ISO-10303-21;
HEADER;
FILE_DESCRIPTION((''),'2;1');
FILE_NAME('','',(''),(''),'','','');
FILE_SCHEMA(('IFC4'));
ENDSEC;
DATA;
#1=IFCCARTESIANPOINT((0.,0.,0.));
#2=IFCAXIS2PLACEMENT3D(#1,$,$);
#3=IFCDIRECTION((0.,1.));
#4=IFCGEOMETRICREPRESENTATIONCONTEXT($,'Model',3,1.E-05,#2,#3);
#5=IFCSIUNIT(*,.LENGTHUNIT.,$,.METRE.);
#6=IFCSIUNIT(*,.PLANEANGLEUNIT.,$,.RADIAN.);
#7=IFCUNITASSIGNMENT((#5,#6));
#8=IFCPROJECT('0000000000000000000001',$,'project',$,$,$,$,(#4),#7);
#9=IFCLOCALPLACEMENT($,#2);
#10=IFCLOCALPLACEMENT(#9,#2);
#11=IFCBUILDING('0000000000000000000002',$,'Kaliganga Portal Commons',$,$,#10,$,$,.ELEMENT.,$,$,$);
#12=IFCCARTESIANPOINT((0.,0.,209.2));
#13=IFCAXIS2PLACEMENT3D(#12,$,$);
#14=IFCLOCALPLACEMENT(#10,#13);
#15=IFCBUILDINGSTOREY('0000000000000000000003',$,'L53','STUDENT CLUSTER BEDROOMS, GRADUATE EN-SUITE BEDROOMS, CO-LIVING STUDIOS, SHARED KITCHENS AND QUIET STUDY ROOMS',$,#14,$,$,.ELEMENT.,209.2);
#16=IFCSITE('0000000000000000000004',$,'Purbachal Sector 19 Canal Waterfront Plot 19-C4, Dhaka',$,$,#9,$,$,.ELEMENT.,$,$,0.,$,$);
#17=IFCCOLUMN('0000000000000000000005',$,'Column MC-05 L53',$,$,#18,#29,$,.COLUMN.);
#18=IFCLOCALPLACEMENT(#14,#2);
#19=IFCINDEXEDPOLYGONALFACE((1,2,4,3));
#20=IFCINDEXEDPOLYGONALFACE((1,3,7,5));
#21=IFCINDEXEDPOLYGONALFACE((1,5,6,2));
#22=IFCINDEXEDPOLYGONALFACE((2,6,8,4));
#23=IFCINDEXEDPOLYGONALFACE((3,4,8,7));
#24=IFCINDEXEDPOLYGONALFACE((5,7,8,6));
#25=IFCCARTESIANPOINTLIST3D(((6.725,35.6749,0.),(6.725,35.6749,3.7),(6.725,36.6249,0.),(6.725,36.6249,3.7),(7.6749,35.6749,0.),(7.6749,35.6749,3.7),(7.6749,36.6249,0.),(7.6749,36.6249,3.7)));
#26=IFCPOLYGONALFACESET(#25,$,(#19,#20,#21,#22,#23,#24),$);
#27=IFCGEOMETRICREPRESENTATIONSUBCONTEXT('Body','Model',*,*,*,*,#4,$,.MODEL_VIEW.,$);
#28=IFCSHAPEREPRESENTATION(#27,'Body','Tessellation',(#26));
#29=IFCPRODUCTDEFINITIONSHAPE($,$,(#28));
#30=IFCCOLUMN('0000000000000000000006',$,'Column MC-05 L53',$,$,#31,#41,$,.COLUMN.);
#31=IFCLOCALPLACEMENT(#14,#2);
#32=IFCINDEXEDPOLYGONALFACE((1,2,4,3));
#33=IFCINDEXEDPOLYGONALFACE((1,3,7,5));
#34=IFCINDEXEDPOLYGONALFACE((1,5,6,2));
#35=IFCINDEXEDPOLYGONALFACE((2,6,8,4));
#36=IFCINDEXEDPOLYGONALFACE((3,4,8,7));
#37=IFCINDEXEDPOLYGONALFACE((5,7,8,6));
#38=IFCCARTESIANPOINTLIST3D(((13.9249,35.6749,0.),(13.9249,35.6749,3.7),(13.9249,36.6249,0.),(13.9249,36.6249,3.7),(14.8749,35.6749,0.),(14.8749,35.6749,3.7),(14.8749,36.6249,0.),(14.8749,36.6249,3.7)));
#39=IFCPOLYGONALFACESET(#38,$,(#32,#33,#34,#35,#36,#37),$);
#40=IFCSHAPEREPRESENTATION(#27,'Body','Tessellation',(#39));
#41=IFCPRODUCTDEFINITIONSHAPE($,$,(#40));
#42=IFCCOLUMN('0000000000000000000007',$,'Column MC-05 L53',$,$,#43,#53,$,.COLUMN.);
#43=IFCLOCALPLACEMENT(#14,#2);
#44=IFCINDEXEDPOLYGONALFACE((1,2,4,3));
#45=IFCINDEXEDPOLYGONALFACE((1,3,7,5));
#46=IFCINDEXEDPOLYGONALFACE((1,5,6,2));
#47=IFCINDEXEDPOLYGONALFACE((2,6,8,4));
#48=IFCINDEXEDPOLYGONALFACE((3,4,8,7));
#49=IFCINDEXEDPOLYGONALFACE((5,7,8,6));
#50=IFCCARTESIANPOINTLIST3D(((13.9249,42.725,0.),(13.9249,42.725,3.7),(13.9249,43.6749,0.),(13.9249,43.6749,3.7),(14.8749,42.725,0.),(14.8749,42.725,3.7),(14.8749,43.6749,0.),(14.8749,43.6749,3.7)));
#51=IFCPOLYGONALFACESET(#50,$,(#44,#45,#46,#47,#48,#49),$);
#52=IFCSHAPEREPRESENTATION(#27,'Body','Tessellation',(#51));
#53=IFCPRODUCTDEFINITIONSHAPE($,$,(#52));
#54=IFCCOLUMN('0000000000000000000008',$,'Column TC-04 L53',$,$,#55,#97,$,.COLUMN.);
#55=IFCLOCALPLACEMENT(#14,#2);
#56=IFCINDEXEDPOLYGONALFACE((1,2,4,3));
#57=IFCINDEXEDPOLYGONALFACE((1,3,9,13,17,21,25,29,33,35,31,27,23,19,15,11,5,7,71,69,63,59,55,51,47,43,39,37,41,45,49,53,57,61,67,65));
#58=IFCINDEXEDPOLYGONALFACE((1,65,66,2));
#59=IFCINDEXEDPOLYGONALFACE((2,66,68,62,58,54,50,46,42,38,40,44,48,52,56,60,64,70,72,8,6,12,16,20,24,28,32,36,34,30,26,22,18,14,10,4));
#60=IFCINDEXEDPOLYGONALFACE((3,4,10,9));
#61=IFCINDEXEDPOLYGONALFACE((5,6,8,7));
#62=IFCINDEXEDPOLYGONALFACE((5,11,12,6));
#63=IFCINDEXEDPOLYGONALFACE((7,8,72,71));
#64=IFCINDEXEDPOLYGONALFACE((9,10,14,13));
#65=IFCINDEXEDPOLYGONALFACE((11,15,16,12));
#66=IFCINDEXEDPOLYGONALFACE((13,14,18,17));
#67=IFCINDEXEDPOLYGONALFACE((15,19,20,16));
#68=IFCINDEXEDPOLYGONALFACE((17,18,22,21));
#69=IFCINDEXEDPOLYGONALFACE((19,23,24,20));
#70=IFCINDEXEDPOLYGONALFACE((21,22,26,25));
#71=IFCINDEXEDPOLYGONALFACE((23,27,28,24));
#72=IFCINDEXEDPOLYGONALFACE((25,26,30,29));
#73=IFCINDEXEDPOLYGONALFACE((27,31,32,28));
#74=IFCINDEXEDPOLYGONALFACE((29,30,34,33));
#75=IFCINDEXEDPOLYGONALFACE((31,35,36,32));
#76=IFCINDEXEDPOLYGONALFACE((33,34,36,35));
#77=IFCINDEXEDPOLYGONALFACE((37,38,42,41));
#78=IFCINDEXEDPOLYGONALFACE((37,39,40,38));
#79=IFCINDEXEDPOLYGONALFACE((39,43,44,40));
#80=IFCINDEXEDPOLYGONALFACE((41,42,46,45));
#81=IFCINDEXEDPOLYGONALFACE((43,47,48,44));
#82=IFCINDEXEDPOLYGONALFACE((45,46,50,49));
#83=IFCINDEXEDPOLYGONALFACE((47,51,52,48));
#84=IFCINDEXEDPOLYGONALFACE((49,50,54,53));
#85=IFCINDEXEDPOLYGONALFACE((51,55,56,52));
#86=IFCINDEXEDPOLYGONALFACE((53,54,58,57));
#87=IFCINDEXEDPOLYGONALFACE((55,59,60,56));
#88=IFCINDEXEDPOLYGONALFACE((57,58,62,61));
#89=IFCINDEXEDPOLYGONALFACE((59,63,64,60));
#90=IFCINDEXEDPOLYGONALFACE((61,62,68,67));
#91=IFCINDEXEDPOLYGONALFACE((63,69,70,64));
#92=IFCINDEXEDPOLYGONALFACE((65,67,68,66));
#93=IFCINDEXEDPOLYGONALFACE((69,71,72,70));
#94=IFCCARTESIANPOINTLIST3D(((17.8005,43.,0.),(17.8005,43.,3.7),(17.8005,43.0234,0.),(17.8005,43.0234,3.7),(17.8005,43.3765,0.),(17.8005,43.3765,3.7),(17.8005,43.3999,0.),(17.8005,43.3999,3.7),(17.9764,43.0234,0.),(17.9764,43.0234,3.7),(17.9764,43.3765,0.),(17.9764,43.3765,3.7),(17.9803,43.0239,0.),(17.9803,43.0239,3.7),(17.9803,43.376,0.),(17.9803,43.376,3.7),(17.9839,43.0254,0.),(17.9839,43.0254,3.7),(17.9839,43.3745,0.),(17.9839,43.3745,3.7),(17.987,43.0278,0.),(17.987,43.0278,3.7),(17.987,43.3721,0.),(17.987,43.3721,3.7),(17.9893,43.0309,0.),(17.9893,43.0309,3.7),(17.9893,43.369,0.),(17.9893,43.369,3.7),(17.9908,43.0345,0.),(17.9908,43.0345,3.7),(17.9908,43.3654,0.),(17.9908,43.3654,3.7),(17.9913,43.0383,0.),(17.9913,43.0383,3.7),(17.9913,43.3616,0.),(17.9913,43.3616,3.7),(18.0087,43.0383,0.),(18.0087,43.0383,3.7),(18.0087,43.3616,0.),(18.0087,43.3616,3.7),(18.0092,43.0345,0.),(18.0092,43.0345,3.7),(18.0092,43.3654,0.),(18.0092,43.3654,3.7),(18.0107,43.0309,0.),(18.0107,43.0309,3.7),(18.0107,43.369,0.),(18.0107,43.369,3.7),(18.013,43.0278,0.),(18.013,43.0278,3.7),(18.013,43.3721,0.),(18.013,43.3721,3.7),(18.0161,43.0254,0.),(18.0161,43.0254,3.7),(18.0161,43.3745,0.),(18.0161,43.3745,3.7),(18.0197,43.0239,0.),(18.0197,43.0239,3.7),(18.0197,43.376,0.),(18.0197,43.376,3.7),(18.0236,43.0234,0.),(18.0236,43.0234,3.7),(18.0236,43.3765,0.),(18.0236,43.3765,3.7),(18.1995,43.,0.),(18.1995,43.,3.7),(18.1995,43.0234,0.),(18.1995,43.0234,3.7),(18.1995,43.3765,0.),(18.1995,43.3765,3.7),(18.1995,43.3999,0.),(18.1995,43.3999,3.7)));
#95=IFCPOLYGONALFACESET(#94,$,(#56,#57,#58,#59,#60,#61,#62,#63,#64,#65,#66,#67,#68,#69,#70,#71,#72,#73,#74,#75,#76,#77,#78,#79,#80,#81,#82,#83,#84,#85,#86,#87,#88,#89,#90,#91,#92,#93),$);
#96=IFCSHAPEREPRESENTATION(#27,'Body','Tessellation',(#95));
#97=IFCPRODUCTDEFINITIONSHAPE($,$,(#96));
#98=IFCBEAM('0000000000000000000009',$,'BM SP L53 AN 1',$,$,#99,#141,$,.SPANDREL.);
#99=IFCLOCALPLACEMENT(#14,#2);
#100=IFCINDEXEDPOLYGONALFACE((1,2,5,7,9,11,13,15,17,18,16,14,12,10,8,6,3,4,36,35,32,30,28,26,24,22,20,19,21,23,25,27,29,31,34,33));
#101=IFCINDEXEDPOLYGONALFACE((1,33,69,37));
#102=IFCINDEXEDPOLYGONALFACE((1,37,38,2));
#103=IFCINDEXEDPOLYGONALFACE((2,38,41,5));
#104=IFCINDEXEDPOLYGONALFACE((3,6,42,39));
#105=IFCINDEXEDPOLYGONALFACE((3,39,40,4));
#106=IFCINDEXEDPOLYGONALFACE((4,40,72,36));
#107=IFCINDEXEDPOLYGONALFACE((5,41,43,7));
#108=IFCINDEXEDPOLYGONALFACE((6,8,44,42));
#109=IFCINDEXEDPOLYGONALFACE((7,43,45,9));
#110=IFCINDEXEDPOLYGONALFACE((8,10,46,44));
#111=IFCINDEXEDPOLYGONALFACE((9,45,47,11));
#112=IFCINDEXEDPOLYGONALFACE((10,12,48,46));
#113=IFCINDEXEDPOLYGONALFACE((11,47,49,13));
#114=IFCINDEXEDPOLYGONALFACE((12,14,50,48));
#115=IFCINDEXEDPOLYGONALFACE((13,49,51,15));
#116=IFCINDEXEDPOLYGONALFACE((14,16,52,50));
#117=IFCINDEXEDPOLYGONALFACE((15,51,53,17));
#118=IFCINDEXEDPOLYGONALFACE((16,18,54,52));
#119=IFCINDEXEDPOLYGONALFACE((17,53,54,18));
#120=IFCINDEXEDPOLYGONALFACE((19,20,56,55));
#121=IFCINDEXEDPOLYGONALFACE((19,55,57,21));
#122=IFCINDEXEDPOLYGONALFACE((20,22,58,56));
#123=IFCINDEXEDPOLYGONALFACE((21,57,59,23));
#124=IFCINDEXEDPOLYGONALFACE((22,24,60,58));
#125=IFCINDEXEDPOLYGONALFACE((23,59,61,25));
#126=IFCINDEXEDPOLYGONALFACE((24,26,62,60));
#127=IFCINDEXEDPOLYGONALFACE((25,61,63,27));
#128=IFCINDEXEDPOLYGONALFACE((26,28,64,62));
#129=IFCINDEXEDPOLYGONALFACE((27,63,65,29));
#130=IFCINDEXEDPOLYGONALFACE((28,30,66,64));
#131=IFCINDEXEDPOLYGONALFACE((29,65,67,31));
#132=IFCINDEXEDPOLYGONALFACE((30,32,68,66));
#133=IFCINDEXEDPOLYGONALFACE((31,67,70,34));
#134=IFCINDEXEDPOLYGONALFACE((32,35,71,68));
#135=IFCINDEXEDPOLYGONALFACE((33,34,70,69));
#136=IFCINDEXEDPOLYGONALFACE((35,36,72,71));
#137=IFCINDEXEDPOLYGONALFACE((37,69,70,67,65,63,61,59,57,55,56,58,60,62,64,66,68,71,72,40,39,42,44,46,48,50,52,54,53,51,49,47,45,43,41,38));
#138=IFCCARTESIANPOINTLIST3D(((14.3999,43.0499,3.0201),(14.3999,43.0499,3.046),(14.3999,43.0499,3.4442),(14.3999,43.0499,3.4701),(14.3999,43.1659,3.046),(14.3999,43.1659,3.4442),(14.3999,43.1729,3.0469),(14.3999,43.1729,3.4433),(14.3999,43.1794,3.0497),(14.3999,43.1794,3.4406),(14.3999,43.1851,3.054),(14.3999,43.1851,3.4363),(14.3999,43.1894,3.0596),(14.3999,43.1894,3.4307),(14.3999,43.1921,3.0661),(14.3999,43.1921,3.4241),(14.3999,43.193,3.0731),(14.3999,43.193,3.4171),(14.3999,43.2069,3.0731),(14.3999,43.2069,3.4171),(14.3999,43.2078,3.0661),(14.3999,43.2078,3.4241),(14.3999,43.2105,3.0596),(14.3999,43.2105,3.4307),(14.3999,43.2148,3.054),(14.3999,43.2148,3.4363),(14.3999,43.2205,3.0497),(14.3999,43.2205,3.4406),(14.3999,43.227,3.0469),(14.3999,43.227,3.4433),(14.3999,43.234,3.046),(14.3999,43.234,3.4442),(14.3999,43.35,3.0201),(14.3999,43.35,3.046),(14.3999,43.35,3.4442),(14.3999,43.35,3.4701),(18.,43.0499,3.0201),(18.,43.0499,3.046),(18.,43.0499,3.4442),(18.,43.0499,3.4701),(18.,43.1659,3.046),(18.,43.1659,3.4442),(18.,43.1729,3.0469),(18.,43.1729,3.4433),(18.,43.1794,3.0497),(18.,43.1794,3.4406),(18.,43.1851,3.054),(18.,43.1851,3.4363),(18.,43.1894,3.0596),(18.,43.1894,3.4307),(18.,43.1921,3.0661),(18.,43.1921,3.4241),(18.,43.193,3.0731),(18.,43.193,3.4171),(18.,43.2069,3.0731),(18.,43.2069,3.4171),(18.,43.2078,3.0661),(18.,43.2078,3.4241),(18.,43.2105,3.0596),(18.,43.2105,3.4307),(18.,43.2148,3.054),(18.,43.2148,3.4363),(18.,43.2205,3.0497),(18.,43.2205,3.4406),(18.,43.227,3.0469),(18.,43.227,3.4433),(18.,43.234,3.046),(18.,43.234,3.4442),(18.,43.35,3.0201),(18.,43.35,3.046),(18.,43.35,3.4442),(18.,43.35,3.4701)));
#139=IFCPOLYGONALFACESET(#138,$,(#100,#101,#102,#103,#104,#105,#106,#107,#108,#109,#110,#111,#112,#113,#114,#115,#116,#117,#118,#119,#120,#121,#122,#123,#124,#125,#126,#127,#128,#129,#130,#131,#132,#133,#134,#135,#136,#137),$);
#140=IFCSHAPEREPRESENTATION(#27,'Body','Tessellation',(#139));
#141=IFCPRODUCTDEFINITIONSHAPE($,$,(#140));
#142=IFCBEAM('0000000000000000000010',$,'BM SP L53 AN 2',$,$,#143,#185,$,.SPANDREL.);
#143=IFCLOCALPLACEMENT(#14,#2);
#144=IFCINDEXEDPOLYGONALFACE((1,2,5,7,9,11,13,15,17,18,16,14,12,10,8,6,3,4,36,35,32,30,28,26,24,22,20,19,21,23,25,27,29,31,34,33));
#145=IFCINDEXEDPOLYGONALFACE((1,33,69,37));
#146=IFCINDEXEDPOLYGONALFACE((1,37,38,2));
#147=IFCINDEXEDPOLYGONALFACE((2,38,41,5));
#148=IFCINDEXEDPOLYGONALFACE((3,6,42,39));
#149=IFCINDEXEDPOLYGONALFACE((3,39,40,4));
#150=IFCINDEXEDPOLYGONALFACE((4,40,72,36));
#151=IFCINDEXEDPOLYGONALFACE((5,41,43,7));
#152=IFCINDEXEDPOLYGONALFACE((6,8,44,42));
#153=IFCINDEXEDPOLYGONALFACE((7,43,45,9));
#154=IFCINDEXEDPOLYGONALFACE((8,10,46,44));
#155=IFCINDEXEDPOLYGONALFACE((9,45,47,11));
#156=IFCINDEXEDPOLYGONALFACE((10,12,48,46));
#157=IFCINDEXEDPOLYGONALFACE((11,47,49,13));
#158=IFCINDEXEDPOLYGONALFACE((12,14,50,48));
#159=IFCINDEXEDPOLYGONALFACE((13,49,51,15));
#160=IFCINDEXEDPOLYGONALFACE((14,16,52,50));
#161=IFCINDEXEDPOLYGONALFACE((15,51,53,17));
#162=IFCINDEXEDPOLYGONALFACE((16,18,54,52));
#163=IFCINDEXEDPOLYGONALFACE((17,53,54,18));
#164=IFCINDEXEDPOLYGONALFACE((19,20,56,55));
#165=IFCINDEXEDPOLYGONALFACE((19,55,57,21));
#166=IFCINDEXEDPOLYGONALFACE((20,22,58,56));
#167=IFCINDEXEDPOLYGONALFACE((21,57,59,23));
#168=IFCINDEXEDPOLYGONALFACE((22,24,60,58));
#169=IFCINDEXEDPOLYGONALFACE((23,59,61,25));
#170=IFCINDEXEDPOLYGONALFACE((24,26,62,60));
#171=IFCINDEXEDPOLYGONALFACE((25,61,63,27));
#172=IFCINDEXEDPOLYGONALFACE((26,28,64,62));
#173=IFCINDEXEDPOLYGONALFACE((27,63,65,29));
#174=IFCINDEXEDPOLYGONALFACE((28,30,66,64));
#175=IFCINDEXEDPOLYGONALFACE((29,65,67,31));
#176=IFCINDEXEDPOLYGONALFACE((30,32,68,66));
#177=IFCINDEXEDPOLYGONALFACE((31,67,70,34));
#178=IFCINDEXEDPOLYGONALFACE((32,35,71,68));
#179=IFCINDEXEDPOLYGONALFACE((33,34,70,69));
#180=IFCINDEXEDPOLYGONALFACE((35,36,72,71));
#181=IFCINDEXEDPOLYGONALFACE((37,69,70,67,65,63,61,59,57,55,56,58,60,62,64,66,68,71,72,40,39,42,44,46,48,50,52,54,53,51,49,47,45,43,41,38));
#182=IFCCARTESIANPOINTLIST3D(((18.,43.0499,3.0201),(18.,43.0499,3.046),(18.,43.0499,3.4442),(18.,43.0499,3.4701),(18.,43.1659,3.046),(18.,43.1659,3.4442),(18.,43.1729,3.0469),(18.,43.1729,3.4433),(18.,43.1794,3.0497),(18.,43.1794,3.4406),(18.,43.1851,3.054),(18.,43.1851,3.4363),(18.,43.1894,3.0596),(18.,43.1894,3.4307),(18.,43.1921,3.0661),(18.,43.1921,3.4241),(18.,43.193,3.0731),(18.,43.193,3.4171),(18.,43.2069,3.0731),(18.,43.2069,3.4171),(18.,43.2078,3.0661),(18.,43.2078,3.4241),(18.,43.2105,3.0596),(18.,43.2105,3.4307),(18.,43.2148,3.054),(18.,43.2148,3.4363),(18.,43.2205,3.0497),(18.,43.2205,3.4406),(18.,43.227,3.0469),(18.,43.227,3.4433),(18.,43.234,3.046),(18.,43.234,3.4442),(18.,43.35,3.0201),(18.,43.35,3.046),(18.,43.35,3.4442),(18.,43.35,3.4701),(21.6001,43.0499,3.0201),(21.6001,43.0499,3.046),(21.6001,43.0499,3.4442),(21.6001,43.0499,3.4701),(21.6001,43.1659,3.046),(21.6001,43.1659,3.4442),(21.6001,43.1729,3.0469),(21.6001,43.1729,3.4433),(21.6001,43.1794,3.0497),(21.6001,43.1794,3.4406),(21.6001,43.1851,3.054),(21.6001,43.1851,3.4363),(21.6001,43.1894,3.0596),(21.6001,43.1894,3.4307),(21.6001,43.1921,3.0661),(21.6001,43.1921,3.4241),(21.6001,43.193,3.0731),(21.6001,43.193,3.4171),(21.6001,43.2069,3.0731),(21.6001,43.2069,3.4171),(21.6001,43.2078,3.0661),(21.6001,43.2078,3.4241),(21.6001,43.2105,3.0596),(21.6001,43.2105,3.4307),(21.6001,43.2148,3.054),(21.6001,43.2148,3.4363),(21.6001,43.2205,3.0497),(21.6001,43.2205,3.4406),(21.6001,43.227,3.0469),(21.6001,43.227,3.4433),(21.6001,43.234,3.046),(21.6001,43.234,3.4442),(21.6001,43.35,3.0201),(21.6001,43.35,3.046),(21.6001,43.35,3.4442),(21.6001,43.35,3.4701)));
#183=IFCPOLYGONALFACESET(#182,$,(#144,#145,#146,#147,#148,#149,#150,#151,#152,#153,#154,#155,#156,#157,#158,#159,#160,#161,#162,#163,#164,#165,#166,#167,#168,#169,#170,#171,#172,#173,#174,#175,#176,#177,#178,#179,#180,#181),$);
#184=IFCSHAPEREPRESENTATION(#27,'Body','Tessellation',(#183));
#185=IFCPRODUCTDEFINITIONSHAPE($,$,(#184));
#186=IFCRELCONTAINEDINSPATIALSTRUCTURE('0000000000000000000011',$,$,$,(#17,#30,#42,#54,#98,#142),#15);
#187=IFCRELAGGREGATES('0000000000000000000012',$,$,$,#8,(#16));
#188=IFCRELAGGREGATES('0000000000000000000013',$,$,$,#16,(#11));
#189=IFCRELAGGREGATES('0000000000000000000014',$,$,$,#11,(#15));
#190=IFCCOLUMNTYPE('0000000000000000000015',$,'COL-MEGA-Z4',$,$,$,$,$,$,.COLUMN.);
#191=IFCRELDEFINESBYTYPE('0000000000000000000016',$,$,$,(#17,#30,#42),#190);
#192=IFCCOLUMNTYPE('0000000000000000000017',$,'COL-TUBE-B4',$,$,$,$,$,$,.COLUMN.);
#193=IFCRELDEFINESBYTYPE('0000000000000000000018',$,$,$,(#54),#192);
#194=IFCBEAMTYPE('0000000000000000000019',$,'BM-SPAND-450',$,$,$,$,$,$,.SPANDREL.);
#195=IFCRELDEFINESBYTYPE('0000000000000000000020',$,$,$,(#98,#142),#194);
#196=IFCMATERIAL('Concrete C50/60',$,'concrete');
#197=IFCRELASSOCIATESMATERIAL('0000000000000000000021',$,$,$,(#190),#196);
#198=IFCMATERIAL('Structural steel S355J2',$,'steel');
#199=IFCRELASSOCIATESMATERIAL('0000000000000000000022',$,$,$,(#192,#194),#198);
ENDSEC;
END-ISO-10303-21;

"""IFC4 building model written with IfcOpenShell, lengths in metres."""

from ifc_helpers import new_model, si_unit, direction, frame, origin, origin_2d, place, context, subcontext, project, spatial, rectangle, i_section, extrude, source, transform, mapped, material, material_profile, profile_set, type_object, element, save


model = new_model("IFC4")

# Units and contexts
model_context = context("Model", 3, precision=1e-05, world=origin(), true_north=direction((0.0, 1.0)))
body_context = subcontext(model_context, "Body", "Model", "MODEL_VIEW")
ifc_project = project(units=[si_unit("LENGTHUNIT", "METRE"), si_unit("PLANEANGLEUNIT", "RADIAN")], contexts=[model_context])

# Site, building, storey
site_placement = place(None, origin())
site = spatial("IfcSite", under=ifc_project, at=site_placement, Name="Purbachal Sector 19 Canal Waterfront Plot 19-C4, Dhaka", CompositionType="ELEMENT", RefElevation=0.0)
building_placement = place(site_placement, origin())
building = spatial("IfcBuilding", under=site, at=building_placement, Name="Kaliganga Portal Commons", CompositionType="ELEMENT")
storey_placement = place(building_placement, frame((0.0, 0.0, 209.2)))
storey = spatial("IfcBuildingStorey", under=building, at=storey_placement, Name="L53", Description="STUDENT CLUSTER BEDROOMS, GRADUATE EN-SUITE BEDROOMS, CO-LIVING STUDIOS, SHARED KITCHENS AND QUIET STUDY ROOMS", CompositionType="ELEMENT", Elevation=209.2)

# Columns
ifc_material_1 = material(Name="Concrete C50/60", Category="concrete")
ifc_material_profile_1 = material_profile(ifc_material_1, rectangle(XDim=0.95, YDim=0.95, at=origin_2d()), Name="RC 950x950")
ifc_profile_set_1 = profile_set([ifc_material_profile_1], Name="Concrete C50/60")
column_type_1 = type_object("IfcColumnType", Name="COL-MEGA-Z4", PredefinedType="COLUMN", material=ifc_profile_set_1)
shared_shape_1 = source(origin(), body_context, "Body", "SweptSolid", [
    extrude(rectangle(XDim=0.95, YDim=0.95, at=origin_2d()), origin(), (0.0, 0.0, 1.0), 3.7),
])
for number, where, z_axis, x_axis, name in (
    (1, (7.2, 36.1499, 0.0), (0.0, 0.0, 1.0), (1.0, 0.0, 0.0), "Column MC-05 L53"),
    (2, (14.3999, 36.1499, 0.0), (0.0, 0.0, 1.0), (1.0, 0.0, 0.0), "Column MC-05 L53"),
    (3, (14.3999, 43.2, 0.0), (0.0, 0.0, 1.0), (1.0, 0.0, 0.0), "Column MC-05 L53"),
):
    element("IfcColumn", number, at=place(storey_placement, frame(where, z_axis=z_axis, x_axis=x_axis)), inside=storey, type_object=column_type_1, Name=name, PredefinedType="COLUMN", context=body_context, shape_type="MappedRepresentation", body=[
        mapped(shared_shape_1, transform((0.0, 0.0, 0.0), x_axis=(1.0, 0.0, 0.0), y_axis=(0.0, 1.0, 0.0), z_axis=(0.0, 0.0, 1.0), scale=1.0)),
    ])
ifc_material_2 = material(Name="Structural steel S355J2", Category="steel")
ifc_material_profile_2 = material_profile(ifc_material_2, i_section(OverallWidth=0.3989, OverallDepth=0.3999, WebThickness=0.0173, FlangeThickness=0.0234, FilletRadius=0.0149, at=origin_2d()), Name="HD 400x287")
ifc_profile_set_2 = profile_set([ifc_material_profile_2], Name="Structural steel S355J2 wide-flange")
column_type_2 = type_object("IfcColumnType", Name="COL-TUBE-B4", PredefinedType="COLUMN", material=ifc_profile_set_2)
shared_shape_2 = source(origin(), body_context, "Body", "SweptSolid", [
    extrude(i_section(OverallWidth=0.3989, OverallDepth=0.3999, WebThickness=0.0173, FlangeThickness=0.0234, FilletRadius=0.0149, at=origin_2d()), origin(), (0.0, 0.0, 1.0), 3.7),
])
column_placement = place(storey_placement, frame((18.0, 43.2, 0.0), z_axis=(0.0, 0.0, 1.0), x_axis=(1.0, 0.0, 0.0)))
element("IfcColumn", 4, at=column_placement, inside=storey, type_object=column_type_2, Name="Column TC-04 L53", PredefinedType="COLUMN", context=body_context, shape_type="MappedRepresentation", body=[
    mapped(shared_shape_2, transform((0.0, 0.0, 0.0), x_axis=(1.0, 0.0, 0.0), y_axis=(0.0, 1.0, 0.0), z_axis=(0.0, 0.0, 1.0), scale=1.0)),
])

# Beams
ifc_material_profile_3 = material_profile(ifc_material_2, i_section(OverallWidth=0.3, OverallDepth=0.45, WebThickness=0.0139, FlangeThickness=0.0259, FilletRadius=0.0271, at=origin_2d()), Name="HE 450 B")
ifc_profile_set_3 = profile_set([ifc_material_profile_3], Name="Structural steel S355J2 wide-flange")
beam_type_1 = type_object("IfcBeamType", Name="BM-SPAND-450", PredefinedType="SPANDREL", material=ifc_profile_set_3)
shared_shape_3 = source(origin(), body_context, "Body", "SweptSolid", [
    extrude(i_section(OverallWidth=0.3, OverallDepth=0.45, WebThickness=0.0139, FlangeThickness=0.0259, FilletRadius=0.0271, at=origin_2d()), origin(), (0.0, 0.0, 1.0), 3.6001),
])
for number, where, z_axis, x_axis, name in (
    (5, (14.3999, 43.2, 3.2451), (1.0, 0.0, 0.0), (0.0, 1.0, 0.0), "BM SP L53 AN 1"),
    (6, (18.0, 43.2, 3.2451), (1.0, 0.0, 0.0), (0.0, 1.0, 0.0), "BM SP L53 AN 2"),
):
    element("IfcBeam", number, at=place(storey_placement, frame(where, z_axis=z_axis, x_axis=x_axis)), inside=storey, type_object=beam_type_1, Name=name, PredefinedType="SPANDREL", context=body_context, shape_type="MappedRepresentation", body=[
        mapped(shared_shape_3, transform((0.0, 0.0, 0.0), x_axis=(1.0, 0.0, 0.0), y_axis=(0.0, 1.0, 0.0), z_axis=(0.0, 0.0, 1.0), scale=1.0)),
    ])

save(model, "model.ifc")
